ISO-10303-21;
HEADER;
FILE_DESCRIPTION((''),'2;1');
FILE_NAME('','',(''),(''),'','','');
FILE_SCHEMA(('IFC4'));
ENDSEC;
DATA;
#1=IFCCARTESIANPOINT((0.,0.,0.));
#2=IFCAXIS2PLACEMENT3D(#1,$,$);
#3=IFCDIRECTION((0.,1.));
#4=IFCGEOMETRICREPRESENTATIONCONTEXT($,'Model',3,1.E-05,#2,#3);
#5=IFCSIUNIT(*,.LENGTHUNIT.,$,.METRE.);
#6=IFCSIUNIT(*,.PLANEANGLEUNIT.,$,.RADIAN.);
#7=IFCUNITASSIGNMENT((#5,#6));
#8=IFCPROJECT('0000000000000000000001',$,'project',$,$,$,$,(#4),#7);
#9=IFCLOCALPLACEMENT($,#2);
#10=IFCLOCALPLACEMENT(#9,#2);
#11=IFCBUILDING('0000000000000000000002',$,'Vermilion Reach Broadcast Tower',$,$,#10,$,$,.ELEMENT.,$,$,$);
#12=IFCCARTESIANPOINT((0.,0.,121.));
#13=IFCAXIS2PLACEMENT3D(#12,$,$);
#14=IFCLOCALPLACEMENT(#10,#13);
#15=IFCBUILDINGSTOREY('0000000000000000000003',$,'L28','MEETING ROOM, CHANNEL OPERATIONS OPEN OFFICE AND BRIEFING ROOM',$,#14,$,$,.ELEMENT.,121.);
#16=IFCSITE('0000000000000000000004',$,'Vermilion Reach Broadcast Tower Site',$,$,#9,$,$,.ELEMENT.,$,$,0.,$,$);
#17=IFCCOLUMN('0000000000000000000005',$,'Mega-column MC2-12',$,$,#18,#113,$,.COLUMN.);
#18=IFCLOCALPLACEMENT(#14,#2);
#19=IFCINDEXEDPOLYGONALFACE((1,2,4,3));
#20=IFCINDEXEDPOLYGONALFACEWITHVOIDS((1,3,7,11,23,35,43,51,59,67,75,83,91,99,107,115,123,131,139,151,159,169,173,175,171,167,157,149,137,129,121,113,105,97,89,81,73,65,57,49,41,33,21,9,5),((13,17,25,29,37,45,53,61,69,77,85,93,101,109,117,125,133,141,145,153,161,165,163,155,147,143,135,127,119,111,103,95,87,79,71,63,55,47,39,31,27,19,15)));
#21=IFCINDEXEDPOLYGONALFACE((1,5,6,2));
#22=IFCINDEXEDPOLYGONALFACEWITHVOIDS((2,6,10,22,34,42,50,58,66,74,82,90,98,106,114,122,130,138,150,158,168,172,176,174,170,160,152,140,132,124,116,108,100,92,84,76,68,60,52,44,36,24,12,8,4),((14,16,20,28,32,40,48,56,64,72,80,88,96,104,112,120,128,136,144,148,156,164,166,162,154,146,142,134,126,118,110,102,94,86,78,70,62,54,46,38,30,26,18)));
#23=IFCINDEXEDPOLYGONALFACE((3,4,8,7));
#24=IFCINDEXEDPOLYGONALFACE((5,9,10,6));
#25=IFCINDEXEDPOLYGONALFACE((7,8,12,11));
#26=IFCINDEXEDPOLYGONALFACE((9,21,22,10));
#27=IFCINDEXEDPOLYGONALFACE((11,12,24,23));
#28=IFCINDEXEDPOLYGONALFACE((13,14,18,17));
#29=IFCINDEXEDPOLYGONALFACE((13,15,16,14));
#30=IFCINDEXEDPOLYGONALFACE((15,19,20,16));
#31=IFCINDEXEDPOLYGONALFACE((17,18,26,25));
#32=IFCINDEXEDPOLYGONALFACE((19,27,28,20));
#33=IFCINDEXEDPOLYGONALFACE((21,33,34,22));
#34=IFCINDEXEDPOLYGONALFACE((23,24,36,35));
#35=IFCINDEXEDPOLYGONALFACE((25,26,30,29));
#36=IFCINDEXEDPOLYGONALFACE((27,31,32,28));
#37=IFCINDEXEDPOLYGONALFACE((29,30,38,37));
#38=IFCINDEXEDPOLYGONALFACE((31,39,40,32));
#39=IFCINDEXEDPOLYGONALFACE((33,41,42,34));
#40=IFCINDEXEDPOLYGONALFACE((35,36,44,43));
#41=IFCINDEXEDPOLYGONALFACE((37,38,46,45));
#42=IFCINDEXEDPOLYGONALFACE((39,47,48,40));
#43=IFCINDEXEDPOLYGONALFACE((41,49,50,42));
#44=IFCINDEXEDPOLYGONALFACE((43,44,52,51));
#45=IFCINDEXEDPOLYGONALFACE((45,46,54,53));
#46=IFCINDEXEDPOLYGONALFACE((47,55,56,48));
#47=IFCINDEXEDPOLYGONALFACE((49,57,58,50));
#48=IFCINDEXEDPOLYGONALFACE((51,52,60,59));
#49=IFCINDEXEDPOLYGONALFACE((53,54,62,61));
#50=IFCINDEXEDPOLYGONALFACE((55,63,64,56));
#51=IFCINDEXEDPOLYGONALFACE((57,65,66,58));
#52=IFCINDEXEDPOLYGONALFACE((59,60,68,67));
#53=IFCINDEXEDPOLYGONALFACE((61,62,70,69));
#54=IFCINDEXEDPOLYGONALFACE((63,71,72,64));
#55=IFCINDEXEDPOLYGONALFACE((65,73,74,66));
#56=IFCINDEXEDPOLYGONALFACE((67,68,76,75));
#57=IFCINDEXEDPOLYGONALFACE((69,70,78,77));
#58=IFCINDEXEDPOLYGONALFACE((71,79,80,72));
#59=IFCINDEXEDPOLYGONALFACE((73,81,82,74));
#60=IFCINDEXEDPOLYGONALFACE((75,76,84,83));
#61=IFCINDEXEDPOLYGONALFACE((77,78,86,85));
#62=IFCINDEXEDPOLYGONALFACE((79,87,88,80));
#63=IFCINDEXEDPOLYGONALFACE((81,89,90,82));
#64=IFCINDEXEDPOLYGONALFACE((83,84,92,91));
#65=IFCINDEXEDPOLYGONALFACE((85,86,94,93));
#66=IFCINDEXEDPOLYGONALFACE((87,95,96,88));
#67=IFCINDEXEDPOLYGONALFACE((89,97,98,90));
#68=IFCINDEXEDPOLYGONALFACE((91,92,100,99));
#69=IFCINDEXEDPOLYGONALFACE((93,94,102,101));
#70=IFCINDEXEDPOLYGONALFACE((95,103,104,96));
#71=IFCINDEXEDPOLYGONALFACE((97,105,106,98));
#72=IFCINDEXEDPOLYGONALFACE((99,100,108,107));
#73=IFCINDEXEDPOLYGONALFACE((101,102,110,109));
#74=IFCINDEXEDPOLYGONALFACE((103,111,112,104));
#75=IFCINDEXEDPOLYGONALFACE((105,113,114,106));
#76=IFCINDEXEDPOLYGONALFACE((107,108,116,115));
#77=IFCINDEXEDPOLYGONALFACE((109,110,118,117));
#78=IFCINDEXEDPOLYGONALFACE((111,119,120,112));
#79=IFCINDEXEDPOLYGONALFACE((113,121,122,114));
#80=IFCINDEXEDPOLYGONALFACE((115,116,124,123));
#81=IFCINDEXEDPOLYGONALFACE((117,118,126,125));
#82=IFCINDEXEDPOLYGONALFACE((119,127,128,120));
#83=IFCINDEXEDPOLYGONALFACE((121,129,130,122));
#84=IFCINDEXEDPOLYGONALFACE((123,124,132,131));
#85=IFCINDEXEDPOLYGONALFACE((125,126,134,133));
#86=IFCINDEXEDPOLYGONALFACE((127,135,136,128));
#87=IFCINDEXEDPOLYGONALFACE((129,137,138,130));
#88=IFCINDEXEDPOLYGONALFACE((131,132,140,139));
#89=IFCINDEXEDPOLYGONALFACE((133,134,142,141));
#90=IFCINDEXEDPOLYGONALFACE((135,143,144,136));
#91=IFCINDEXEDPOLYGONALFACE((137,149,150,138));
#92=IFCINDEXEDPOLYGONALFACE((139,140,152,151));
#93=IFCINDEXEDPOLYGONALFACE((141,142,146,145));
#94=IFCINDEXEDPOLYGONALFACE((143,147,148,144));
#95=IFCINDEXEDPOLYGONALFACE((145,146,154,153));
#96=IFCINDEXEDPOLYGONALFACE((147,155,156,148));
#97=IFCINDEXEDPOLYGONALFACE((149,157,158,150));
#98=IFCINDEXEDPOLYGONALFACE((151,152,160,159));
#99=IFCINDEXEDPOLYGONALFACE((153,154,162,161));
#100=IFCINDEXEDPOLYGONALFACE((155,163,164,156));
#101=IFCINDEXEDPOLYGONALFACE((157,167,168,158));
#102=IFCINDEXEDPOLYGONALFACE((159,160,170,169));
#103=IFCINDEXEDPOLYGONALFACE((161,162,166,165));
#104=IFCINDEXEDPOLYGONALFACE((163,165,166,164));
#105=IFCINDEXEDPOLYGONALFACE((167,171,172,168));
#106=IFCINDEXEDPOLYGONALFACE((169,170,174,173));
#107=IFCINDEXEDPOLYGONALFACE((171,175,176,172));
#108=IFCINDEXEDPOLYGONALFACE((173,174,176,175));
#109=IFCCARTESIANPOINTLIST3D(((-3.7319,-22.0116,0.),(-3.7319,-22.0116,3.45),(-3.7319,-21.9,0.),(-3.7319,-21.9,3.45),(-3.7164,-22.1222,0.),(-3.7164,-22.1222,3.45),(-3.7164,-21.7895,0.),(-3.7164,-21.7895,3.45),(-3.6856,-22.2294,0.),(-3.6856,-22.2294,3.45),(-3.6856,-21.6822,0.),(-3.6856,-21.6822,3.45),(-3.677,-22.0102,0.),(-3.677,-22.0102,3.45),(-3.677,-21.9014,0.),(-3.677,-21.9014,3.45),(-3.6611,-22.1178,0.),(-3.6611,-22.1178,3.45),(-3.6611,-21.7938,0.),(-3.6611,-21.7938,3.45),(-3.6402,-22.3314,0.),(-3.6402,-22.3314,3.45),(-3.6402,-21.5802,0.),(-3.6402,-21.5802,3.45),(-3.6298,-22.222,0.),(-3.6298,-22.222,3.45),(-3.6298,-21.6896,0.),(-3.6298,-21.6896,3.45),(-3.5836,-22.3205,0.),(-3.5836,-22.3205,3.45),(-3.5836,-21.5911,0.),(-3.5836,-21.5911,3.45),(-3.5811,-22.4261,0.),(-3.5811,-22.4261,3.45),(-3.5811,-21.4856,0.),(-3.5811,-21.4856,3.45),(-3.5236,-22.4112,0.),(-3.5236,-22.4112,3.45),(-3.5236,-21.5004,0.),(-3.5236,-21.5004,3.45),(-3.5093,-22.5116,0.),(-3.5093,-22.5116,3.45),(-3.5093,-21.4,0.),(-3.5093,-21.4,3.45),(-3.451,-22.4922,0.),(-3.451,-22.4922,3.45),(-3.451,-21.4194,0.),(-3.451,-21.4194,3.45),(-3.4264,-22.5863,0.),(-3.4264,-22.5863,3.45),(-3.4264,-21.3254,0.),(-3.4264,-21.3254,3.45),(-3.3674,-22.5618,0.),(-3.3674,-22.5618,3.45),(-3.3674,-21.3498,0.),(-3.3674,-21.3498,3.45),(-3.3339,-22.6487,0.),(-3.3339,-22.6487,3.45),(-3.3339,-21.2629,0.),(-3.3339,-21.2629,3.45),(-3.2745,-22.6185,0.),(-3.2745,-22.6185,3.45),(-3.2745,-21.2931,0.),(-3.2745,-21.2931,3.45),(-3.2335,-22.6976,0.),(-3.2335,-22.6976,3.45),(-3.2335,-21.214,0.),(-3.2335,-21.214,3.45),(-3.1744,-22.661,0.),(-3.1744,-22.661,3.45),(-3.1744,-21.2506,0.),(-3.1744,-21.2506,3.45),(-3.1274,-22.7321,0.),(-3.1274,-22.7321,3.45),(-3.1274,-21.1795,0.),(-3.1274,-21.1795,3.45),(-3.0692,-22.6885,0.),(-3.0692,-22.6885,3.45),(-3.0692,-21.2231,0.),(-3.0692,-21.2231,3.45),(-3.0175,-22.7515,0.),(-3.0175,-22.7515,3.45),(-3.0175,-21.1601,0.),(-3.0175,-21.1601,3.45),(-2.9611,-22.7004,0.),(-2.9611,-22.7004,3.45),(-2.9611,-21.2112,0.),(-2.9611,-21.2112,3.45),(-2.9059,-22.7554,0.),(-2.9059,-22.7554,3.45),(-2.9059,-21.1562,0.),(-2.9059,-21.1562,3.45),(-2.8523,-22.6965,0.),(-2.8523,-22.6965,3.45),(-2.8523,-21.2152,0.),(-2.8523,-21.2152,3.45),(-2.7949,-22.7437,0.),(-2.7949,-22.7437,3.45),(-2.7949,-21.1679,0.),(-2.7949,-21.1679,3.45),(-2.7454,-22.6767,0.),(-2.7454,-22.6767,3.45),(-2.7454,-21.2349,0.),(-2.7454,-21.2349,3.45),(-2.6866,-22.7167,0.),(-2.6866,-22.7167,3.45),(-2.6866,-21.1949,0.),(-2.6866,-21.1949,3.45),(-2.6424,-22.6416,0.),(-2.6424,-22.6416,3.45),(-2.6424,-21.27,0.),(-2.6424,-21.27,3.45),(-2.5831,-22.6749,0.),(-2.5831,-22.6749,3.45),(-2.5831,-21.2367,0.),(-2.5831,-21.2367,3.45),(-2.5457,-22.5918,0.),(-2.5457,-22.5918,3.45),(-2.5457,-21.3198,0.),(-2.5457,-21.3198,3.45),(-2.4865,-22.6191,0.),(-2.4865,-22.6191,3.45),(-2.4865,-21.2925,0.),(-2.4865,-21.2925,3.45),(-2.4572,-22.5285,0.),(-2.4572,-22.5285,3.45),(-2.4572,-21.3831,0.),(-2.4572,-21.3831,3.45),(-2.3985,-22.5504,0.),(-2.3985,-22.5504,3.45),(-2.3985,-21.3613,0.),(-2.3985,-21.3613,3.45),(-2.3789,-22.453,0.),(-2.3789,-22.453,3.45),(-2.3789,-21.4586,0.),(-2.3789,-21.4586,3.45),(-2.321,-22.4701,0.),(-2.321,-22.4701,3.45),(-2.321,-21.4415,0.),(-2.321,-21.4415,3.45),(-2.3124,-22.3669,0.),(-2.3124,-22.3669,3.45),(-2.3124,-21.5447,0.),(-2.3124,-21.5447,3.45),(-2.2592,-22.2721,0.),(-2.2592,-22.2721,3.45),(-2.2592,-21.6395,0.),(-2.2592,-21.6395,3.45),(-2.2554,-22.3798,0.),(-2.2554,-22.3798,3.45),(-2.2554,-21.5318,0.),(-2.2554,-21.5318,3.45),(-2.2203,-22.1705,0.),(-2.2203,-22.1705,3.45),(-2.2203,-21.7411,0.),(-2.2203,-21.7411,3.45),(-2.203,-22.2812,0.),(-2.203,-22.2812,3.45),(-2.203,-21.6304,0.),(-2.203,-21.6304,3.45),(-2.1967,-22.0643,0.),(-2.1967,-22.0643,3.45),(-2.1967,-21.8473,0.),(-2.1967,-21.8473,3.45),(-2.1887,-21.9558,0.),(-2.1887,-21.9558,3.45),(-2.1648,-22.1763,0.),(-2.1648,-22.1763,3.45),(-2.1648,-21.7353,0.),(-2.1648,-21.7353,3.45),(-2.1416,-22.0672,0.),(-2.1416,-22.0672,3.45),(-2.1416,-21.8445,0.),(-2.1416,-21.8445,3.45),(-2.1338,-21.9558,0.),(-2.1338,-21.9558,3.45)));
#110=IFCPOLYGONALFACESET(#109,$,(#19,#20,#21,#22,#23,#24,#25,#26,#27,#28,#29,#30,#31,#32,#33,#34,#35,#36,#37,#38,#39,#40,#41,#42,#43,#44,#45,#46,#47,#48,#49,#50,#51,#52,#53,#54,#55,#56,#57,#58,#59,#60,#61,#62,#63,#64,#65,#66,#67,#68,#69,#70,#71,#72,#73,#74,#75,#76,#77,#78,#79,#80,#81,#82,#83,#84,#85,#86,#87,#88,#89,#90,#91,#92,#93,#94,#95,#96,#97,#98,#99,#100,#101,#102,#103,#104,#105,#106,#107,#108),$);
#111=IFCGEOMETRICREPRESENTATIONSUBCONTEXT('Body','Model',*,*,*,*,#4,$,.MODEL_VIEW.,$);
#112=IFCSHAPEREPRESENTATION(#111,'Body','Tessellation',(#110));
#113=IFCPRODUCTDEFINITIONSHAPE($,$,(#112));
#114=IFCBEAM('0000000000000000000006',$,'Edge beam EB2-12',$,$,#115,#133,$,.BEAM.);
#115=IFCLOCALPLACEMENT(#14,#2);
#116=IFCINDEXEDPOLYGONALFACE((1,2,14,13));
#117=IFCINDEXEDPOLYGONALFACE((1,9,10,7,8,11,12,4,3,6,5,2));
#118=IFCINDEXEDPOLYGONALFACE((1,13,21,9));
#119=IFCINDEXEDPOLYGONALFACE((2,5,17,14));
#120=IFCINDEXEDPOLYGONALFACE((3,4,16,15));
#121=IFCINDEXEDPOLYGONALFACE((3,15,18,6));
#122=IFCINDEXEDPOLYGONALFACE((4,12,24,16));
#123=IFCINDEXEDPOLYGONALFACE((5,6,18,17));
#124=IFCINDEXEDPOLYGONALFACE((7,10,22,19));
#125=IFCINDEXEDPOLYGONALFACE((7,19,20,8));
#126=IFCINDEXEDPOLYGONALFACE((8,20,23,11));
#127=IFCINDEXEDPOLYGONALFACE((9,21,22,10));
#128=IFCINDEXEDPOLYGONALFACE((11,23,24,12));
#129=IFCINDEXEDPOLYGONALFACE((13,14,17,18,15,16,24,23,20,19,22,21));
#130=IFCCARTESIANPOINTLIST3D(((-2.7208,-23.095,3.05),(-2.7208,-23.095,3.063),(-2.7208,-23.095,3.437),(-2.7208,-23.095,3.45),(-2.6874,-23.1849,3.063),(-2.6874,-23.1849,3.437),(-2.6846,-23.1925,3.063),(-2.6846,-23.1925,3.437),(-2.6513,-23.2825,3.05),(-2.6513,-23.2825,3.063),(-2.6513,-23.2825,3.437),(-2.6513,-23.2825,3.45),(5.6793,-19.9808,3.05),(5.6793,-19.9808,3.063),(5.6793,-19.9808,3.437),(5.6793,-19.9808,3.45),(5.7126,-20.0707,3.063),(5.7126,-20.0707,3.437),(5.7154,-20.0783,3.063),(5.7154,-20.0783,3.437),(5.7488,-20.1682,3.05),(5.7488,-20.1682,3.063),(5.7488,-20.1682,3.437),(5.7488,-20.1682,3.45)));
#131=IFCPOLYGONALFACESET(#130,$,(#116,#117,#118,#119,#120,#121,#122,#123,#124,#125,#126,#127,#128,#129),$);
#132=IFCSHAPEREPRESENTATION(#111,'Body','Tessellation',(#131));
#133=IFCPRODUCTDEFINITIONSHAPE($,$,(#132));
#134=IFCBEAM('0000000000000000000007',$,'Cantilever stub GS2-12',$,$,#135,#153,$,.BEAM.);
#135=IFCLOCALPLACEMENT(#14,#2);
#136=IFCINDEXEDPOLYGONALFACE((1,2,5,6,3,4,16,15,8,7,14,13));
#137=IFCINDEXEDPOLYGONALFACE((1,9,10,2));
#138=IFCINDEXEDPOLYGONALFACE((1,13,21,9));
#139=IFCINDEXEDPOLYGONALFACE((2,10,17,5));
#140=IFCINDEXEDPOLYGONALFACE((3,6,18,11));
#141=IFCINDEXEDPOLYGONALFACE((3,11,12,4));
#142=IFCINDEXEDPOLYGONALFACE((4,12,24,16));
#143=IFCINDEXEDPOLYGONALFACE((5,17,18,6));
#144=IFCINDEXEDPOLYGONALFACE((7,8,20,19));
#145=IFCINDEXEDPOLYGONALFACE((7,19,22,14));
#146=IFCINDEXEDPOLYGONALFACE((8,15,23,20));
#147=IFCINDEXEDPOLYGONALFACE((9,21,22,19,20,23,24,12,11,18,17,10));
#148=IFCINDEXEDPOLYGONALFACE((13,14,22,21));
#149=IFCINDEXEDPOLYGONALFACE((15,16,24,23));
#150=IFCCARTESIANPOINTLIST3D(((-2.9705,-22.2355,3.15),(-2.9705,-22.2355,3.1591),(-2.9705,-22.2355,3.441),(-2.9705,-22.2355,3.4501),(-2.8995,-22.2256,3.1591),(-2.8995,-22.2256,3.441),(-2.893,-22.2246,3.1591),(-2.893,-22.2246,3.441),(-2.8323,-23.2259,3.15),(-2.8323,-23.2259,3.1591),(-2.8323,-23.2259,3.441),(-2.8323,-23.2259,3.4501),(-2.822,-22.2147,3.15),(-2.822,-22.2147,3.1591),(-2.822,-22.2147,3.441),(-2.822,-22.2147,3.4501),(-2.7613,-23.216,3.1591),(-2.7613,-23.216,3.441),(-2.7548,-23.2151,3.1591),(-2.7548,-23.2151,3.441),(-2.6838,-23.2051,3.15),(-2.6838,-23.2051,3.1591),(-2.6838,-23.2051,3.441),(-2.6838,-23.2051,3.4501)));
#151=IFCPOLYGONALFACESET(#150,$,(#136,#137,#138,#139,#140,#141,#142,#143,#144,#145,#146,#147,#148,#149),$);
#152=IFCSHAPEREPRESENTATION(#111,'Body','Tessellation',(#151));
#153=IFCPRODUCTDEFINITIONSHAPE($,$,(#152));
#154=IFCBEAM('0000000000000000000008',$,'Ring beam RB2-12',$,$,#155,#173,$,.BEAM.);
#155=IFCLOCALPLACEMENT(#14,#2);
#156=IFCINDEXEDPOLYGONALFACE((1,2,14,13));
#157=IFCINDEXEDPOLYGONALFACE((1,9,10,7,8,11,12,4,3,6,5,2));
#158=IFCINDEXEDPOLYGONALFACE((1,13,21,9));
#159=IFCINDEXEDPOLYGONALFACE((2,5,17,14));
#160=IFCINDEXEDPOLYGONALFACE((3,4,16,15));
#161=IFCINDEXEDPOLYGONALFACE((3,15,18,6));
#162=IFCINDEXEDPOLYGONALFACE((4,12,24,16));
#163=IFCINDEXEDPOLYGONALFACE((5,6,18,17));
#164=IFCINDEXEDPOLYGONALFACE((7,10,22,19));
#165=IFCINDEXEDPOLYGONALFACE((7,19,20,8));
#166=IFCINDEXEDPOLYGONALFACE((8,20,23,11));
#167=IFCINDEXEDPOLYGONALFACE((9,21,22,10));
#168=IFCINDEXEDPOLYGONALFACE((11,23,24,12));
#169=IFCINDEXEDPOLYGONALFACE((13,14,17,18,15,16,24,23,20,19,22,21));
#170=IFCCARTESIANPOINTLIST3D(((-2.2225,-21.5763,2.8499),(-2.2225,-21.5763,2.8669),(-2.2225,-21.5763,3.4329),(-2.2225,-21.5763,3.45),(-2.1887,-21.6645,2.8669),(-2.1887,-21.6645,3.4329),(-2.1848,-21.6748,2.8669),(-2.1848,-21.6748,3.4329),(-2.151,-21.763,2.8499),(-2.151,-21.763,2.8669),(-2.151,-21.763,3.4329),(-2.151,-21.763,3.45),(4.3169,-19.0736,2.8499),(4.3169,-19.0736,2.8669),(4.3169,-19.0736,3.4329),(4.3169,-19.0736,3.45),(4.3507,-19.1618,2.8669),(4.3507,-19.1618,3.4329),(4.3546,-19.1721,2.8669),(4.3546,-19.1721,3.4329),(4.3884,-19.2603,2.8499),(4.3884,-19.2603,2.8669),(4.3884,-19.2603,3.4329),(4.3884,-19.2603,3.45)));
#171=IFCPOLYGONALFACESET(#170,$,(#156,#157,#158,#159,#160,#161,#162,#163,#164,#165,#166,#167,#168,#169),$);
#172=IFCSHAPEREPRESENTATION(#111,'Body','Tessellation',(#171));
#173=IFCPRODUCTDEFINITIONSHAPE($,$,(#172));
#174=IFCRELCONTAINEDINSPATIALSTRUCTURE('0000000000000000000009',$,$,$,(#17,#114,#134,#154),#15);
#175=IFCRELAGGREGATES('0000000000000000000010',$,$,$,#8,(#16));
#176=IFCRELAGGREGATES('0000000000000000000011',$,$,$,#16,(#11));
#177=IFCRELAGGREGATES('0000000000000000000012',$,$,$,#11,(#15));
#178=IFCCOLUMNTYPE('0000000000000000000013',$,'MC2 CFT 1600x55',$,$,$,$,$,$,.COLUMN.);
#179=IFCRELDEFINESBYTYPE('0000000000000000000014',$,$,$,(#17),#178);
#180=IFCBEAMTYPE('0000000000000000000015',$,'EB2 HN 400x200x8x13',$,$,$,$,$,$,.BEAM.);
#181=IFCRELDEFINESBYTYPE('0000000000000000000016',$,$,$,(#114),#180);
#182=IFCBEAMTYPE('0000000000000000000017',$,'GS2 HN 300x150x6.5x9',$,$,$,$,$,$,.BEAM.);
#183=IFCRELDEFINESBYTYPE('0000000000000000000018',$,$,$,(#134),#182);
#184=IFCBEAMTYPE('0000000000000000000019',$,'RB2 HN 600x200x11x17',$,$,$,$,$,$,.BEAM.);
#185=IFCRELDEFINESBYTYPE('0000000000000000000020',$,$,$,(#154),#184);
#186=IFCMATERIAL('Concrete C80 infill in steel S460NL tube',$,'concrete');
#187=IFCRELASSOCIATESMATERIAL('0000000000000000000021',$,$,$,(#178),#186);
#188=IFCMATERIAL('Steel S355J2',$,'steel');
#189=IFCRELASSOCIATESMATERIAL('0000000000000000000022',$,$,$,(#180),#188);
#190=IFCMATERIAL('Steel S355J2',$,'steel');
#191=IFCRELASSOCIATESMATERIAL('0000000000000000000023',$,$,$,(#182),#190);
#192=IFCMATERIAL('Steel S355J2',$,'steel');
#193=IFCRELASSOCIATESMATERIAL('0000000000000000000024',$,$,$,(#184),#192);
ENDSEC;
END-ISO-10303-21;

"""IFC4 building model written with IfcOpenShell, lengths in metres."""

from ifc_helpers import new_model, si_unit, direction, frame, origin, origin_2d, place, context, subcontext, project, spatial, hollow_circle, i_section, extrude, material, material_profile, profile_set, type_object, element, save


model = new_model("IFC4")

# Units and contexts
model_context = context("Model", 3, precision=1e-05, world=origin(), true_north=direction((0.0, 1.0)))
body_context = subcontext(model_context, "Body", "Model", "MODEL_VIEW")
ifc_project = project(units=[si_unit("LENGTHUNIT", "METRE"), si_unit("PLANEANGLEUNIT", "RADIAN")], contexts=[model_context])

# Site, building, storey
site_placement = place(None, origin())
site = spatial("IfcSite", under=ifc_project, at=site_placement, Name="Vermilion Reach Broadcast Tower Site", CompositionType="ELEMENT", RefElevation=0.0)
building_placement = place(site_placement, origin())
building = spatial("IfcBuilding", under=site, at=building_placement, Name="Vermilion Reach Broadcast Tower", CompositionType="ELEMENT")
storey_placement = place(building_placement, frame((0.0, 0.0, 121.0)))
storey = spatial("IfcBuildingStorey", under=building, at=storey_placement, Name="L28", Description="MEETING ROOM, CHANNEL OPERATIONS OPEN OFFICE AND BRIEFING ROOM", CompositionType="ELEMENT", Elevation=121.0)

# Column
ifc_material_1 = material(Name="Concrete C80 infill in steel S460NL tube", Category="concrete")
ifc_material_profile_1 = material_profile(ifc_material_1, hollow_circle(Radius=0.8, WallThickness=0.0549, at=origin_2d()), Name="Concrete C80 infill in steel S460NL tube CFT 1600x55")
ifc_profile_set_1 = profile_set([ifc_material_profile_1], Name="Concrete C80 infill in steel S460NL tube")
column_type = type_object("IfcColumnType", Name="MC2 CFT 1600x55", PredefinedType="COLUMN", material=ifc_profile_set_1)
column_placement = place(storey_placement, frame((-2.9338, -21.9558, 0.0), z_axis=(0.0, 0.0, 1.0), x_axis=(1.0, 0.0, 0.0)))
element("IfcColumn", 1, at=column_placement, inside=storey, type_object=column_type, Name="Mega-column MC2-12", PredefinedType="COLUMN", context=body_context, shape_type="SweptSolid", body=[
    extrude(hollow_circle(Radius=0.8, WallThickness=0.0549, at=origin_2d()), origin(), (0.0, 0.0, 1.0), 3.45),
])

# Beams
ifc_material_2 = material(Name="Steel S355J2", Category="steel")
ifc_material_profile_2 = material_profile(ifc_material_2, i_section(OverallWidth=0.2, OverallDepth=0.3999, WebThickness=0.0081, FlangeThickness=0.0129, at=origin_2d()), Name="S355J2 HN 400x200x8x13")
ifc_profile_set_2 = profile_set([ifc_material_profile_2], Name="Steel S355J2")
beam_type_1 = type_object("IfcBeamType", Name="EB2 HN 400x200x8x13", PredefinedType="BEAM", material=ifc_profile_set_2)
beam_1_placement = place(storey_placement, frame((-2.686, -23.1887, 3.25), z_axis=(0.937636, 0.347618, 0.0), x_axis=(-0.347618, 0.937636, 0.0)))
element("IfcBeam", 2, at=beam_1_placement, inside=storey, type_object=beam_type_1, Name="Edge beam EB2-12", PredefinedType="BEAM", context=body_context, shape_type="SweptSolid", body=[
    extrude(i_section(OverallWidth=0.2, OverallDepth=0.3999, WebThickness=0.0081, FlangeThickness=0.0129, at=origin_2d()), origin(), (0.0, 0.0, 1.0), 8.9587),
])
ifc_material_3 = material(Name="Steel S355J2", Category="steel")
ifc_material_profile_3 = material_profile(ifc_material_3, i_section(OverallWidth=0.1499, OverallDepth=0.3, WebThickness=0.0066, FlangeThickness=0.009, at=origin_2d()), Name="S355J2 HN 300x150x6.5x9")
ifc_profile_set_3 = profile_set([ifc_material_profile_3], Name="Steel S355J2")
beam_type_2 = type_object("IfcBeamType", Name="GS2 HN 300x150x6.5x9", PredefinedType="BEAM", material=ifc_profile_set_3)
beam_2_placement = place(storey_placement, frame((-2.8962, -22.2251, 3.3), z_axis=(0.138174, -0.990408, 0.0), x_axis=(0.990408, 0.138174, 0.0)))
element("IfcBeam", 3, at=beam_2_placement, inside=storey, type_object=beam_type_2, Name="Cantilever stub GS2-12", PredefinedType="BEAM", context=body_context, shape_type="SweptSolid", body=[
    extrude(i_section(OverallWidth=0.1499, OverallDepth=0.3, WebThickness=0.0066, FlangeThickness=0.009, at=origin_2d()), origin(), (0.0, 0.0, 1.0), 1.0),
])
ifc_material_4 = material(Name="Steel S355J2", Category="steel")
ifc_material_profile_4 = material_profile(ifc_material_4, i_section(OverallWidth=0.2, OverallDepth=0.6001, WebThickness=0.011, FlangeThickness=0.0171, at=origin_2d()), Name="S355J2 HN 600x200x11x17")
ifc_profile_set_4 = profile_set([ifc_material_profile_4], Name="Steel S355J2")
beam_type_3 = type_object("IfcBeamType", Name="RB2 HN 600x200x11x17", PredefinedType="BEAM", material=ifc_profile_set_4)
beam_3_placement = place(storey_placement, frame((-2.1868, -21.6697, 3.1499), z_axis=(0.933939, 0.357432, 0.0), x_axis=(-0.357432, 0.933939, 0.0)))
element("IfcBeam", 4, at=beam_3_placement, inside=storey, type_object=beam_type_3, Name="Ring beam RB2-12", PredefinedType="BEAM", context=body_context, shape_type="SweptSolid", body=[
    extrude(i_section(OverallWidth=0.2, OverallDepth=0.6001, WebThickness=0.011, FlangeThickness=0.0171, at=origin_2d()), origin(), (0.0, 0.0, 1.0), 7.002),
])

save(model, "model.ifc")
